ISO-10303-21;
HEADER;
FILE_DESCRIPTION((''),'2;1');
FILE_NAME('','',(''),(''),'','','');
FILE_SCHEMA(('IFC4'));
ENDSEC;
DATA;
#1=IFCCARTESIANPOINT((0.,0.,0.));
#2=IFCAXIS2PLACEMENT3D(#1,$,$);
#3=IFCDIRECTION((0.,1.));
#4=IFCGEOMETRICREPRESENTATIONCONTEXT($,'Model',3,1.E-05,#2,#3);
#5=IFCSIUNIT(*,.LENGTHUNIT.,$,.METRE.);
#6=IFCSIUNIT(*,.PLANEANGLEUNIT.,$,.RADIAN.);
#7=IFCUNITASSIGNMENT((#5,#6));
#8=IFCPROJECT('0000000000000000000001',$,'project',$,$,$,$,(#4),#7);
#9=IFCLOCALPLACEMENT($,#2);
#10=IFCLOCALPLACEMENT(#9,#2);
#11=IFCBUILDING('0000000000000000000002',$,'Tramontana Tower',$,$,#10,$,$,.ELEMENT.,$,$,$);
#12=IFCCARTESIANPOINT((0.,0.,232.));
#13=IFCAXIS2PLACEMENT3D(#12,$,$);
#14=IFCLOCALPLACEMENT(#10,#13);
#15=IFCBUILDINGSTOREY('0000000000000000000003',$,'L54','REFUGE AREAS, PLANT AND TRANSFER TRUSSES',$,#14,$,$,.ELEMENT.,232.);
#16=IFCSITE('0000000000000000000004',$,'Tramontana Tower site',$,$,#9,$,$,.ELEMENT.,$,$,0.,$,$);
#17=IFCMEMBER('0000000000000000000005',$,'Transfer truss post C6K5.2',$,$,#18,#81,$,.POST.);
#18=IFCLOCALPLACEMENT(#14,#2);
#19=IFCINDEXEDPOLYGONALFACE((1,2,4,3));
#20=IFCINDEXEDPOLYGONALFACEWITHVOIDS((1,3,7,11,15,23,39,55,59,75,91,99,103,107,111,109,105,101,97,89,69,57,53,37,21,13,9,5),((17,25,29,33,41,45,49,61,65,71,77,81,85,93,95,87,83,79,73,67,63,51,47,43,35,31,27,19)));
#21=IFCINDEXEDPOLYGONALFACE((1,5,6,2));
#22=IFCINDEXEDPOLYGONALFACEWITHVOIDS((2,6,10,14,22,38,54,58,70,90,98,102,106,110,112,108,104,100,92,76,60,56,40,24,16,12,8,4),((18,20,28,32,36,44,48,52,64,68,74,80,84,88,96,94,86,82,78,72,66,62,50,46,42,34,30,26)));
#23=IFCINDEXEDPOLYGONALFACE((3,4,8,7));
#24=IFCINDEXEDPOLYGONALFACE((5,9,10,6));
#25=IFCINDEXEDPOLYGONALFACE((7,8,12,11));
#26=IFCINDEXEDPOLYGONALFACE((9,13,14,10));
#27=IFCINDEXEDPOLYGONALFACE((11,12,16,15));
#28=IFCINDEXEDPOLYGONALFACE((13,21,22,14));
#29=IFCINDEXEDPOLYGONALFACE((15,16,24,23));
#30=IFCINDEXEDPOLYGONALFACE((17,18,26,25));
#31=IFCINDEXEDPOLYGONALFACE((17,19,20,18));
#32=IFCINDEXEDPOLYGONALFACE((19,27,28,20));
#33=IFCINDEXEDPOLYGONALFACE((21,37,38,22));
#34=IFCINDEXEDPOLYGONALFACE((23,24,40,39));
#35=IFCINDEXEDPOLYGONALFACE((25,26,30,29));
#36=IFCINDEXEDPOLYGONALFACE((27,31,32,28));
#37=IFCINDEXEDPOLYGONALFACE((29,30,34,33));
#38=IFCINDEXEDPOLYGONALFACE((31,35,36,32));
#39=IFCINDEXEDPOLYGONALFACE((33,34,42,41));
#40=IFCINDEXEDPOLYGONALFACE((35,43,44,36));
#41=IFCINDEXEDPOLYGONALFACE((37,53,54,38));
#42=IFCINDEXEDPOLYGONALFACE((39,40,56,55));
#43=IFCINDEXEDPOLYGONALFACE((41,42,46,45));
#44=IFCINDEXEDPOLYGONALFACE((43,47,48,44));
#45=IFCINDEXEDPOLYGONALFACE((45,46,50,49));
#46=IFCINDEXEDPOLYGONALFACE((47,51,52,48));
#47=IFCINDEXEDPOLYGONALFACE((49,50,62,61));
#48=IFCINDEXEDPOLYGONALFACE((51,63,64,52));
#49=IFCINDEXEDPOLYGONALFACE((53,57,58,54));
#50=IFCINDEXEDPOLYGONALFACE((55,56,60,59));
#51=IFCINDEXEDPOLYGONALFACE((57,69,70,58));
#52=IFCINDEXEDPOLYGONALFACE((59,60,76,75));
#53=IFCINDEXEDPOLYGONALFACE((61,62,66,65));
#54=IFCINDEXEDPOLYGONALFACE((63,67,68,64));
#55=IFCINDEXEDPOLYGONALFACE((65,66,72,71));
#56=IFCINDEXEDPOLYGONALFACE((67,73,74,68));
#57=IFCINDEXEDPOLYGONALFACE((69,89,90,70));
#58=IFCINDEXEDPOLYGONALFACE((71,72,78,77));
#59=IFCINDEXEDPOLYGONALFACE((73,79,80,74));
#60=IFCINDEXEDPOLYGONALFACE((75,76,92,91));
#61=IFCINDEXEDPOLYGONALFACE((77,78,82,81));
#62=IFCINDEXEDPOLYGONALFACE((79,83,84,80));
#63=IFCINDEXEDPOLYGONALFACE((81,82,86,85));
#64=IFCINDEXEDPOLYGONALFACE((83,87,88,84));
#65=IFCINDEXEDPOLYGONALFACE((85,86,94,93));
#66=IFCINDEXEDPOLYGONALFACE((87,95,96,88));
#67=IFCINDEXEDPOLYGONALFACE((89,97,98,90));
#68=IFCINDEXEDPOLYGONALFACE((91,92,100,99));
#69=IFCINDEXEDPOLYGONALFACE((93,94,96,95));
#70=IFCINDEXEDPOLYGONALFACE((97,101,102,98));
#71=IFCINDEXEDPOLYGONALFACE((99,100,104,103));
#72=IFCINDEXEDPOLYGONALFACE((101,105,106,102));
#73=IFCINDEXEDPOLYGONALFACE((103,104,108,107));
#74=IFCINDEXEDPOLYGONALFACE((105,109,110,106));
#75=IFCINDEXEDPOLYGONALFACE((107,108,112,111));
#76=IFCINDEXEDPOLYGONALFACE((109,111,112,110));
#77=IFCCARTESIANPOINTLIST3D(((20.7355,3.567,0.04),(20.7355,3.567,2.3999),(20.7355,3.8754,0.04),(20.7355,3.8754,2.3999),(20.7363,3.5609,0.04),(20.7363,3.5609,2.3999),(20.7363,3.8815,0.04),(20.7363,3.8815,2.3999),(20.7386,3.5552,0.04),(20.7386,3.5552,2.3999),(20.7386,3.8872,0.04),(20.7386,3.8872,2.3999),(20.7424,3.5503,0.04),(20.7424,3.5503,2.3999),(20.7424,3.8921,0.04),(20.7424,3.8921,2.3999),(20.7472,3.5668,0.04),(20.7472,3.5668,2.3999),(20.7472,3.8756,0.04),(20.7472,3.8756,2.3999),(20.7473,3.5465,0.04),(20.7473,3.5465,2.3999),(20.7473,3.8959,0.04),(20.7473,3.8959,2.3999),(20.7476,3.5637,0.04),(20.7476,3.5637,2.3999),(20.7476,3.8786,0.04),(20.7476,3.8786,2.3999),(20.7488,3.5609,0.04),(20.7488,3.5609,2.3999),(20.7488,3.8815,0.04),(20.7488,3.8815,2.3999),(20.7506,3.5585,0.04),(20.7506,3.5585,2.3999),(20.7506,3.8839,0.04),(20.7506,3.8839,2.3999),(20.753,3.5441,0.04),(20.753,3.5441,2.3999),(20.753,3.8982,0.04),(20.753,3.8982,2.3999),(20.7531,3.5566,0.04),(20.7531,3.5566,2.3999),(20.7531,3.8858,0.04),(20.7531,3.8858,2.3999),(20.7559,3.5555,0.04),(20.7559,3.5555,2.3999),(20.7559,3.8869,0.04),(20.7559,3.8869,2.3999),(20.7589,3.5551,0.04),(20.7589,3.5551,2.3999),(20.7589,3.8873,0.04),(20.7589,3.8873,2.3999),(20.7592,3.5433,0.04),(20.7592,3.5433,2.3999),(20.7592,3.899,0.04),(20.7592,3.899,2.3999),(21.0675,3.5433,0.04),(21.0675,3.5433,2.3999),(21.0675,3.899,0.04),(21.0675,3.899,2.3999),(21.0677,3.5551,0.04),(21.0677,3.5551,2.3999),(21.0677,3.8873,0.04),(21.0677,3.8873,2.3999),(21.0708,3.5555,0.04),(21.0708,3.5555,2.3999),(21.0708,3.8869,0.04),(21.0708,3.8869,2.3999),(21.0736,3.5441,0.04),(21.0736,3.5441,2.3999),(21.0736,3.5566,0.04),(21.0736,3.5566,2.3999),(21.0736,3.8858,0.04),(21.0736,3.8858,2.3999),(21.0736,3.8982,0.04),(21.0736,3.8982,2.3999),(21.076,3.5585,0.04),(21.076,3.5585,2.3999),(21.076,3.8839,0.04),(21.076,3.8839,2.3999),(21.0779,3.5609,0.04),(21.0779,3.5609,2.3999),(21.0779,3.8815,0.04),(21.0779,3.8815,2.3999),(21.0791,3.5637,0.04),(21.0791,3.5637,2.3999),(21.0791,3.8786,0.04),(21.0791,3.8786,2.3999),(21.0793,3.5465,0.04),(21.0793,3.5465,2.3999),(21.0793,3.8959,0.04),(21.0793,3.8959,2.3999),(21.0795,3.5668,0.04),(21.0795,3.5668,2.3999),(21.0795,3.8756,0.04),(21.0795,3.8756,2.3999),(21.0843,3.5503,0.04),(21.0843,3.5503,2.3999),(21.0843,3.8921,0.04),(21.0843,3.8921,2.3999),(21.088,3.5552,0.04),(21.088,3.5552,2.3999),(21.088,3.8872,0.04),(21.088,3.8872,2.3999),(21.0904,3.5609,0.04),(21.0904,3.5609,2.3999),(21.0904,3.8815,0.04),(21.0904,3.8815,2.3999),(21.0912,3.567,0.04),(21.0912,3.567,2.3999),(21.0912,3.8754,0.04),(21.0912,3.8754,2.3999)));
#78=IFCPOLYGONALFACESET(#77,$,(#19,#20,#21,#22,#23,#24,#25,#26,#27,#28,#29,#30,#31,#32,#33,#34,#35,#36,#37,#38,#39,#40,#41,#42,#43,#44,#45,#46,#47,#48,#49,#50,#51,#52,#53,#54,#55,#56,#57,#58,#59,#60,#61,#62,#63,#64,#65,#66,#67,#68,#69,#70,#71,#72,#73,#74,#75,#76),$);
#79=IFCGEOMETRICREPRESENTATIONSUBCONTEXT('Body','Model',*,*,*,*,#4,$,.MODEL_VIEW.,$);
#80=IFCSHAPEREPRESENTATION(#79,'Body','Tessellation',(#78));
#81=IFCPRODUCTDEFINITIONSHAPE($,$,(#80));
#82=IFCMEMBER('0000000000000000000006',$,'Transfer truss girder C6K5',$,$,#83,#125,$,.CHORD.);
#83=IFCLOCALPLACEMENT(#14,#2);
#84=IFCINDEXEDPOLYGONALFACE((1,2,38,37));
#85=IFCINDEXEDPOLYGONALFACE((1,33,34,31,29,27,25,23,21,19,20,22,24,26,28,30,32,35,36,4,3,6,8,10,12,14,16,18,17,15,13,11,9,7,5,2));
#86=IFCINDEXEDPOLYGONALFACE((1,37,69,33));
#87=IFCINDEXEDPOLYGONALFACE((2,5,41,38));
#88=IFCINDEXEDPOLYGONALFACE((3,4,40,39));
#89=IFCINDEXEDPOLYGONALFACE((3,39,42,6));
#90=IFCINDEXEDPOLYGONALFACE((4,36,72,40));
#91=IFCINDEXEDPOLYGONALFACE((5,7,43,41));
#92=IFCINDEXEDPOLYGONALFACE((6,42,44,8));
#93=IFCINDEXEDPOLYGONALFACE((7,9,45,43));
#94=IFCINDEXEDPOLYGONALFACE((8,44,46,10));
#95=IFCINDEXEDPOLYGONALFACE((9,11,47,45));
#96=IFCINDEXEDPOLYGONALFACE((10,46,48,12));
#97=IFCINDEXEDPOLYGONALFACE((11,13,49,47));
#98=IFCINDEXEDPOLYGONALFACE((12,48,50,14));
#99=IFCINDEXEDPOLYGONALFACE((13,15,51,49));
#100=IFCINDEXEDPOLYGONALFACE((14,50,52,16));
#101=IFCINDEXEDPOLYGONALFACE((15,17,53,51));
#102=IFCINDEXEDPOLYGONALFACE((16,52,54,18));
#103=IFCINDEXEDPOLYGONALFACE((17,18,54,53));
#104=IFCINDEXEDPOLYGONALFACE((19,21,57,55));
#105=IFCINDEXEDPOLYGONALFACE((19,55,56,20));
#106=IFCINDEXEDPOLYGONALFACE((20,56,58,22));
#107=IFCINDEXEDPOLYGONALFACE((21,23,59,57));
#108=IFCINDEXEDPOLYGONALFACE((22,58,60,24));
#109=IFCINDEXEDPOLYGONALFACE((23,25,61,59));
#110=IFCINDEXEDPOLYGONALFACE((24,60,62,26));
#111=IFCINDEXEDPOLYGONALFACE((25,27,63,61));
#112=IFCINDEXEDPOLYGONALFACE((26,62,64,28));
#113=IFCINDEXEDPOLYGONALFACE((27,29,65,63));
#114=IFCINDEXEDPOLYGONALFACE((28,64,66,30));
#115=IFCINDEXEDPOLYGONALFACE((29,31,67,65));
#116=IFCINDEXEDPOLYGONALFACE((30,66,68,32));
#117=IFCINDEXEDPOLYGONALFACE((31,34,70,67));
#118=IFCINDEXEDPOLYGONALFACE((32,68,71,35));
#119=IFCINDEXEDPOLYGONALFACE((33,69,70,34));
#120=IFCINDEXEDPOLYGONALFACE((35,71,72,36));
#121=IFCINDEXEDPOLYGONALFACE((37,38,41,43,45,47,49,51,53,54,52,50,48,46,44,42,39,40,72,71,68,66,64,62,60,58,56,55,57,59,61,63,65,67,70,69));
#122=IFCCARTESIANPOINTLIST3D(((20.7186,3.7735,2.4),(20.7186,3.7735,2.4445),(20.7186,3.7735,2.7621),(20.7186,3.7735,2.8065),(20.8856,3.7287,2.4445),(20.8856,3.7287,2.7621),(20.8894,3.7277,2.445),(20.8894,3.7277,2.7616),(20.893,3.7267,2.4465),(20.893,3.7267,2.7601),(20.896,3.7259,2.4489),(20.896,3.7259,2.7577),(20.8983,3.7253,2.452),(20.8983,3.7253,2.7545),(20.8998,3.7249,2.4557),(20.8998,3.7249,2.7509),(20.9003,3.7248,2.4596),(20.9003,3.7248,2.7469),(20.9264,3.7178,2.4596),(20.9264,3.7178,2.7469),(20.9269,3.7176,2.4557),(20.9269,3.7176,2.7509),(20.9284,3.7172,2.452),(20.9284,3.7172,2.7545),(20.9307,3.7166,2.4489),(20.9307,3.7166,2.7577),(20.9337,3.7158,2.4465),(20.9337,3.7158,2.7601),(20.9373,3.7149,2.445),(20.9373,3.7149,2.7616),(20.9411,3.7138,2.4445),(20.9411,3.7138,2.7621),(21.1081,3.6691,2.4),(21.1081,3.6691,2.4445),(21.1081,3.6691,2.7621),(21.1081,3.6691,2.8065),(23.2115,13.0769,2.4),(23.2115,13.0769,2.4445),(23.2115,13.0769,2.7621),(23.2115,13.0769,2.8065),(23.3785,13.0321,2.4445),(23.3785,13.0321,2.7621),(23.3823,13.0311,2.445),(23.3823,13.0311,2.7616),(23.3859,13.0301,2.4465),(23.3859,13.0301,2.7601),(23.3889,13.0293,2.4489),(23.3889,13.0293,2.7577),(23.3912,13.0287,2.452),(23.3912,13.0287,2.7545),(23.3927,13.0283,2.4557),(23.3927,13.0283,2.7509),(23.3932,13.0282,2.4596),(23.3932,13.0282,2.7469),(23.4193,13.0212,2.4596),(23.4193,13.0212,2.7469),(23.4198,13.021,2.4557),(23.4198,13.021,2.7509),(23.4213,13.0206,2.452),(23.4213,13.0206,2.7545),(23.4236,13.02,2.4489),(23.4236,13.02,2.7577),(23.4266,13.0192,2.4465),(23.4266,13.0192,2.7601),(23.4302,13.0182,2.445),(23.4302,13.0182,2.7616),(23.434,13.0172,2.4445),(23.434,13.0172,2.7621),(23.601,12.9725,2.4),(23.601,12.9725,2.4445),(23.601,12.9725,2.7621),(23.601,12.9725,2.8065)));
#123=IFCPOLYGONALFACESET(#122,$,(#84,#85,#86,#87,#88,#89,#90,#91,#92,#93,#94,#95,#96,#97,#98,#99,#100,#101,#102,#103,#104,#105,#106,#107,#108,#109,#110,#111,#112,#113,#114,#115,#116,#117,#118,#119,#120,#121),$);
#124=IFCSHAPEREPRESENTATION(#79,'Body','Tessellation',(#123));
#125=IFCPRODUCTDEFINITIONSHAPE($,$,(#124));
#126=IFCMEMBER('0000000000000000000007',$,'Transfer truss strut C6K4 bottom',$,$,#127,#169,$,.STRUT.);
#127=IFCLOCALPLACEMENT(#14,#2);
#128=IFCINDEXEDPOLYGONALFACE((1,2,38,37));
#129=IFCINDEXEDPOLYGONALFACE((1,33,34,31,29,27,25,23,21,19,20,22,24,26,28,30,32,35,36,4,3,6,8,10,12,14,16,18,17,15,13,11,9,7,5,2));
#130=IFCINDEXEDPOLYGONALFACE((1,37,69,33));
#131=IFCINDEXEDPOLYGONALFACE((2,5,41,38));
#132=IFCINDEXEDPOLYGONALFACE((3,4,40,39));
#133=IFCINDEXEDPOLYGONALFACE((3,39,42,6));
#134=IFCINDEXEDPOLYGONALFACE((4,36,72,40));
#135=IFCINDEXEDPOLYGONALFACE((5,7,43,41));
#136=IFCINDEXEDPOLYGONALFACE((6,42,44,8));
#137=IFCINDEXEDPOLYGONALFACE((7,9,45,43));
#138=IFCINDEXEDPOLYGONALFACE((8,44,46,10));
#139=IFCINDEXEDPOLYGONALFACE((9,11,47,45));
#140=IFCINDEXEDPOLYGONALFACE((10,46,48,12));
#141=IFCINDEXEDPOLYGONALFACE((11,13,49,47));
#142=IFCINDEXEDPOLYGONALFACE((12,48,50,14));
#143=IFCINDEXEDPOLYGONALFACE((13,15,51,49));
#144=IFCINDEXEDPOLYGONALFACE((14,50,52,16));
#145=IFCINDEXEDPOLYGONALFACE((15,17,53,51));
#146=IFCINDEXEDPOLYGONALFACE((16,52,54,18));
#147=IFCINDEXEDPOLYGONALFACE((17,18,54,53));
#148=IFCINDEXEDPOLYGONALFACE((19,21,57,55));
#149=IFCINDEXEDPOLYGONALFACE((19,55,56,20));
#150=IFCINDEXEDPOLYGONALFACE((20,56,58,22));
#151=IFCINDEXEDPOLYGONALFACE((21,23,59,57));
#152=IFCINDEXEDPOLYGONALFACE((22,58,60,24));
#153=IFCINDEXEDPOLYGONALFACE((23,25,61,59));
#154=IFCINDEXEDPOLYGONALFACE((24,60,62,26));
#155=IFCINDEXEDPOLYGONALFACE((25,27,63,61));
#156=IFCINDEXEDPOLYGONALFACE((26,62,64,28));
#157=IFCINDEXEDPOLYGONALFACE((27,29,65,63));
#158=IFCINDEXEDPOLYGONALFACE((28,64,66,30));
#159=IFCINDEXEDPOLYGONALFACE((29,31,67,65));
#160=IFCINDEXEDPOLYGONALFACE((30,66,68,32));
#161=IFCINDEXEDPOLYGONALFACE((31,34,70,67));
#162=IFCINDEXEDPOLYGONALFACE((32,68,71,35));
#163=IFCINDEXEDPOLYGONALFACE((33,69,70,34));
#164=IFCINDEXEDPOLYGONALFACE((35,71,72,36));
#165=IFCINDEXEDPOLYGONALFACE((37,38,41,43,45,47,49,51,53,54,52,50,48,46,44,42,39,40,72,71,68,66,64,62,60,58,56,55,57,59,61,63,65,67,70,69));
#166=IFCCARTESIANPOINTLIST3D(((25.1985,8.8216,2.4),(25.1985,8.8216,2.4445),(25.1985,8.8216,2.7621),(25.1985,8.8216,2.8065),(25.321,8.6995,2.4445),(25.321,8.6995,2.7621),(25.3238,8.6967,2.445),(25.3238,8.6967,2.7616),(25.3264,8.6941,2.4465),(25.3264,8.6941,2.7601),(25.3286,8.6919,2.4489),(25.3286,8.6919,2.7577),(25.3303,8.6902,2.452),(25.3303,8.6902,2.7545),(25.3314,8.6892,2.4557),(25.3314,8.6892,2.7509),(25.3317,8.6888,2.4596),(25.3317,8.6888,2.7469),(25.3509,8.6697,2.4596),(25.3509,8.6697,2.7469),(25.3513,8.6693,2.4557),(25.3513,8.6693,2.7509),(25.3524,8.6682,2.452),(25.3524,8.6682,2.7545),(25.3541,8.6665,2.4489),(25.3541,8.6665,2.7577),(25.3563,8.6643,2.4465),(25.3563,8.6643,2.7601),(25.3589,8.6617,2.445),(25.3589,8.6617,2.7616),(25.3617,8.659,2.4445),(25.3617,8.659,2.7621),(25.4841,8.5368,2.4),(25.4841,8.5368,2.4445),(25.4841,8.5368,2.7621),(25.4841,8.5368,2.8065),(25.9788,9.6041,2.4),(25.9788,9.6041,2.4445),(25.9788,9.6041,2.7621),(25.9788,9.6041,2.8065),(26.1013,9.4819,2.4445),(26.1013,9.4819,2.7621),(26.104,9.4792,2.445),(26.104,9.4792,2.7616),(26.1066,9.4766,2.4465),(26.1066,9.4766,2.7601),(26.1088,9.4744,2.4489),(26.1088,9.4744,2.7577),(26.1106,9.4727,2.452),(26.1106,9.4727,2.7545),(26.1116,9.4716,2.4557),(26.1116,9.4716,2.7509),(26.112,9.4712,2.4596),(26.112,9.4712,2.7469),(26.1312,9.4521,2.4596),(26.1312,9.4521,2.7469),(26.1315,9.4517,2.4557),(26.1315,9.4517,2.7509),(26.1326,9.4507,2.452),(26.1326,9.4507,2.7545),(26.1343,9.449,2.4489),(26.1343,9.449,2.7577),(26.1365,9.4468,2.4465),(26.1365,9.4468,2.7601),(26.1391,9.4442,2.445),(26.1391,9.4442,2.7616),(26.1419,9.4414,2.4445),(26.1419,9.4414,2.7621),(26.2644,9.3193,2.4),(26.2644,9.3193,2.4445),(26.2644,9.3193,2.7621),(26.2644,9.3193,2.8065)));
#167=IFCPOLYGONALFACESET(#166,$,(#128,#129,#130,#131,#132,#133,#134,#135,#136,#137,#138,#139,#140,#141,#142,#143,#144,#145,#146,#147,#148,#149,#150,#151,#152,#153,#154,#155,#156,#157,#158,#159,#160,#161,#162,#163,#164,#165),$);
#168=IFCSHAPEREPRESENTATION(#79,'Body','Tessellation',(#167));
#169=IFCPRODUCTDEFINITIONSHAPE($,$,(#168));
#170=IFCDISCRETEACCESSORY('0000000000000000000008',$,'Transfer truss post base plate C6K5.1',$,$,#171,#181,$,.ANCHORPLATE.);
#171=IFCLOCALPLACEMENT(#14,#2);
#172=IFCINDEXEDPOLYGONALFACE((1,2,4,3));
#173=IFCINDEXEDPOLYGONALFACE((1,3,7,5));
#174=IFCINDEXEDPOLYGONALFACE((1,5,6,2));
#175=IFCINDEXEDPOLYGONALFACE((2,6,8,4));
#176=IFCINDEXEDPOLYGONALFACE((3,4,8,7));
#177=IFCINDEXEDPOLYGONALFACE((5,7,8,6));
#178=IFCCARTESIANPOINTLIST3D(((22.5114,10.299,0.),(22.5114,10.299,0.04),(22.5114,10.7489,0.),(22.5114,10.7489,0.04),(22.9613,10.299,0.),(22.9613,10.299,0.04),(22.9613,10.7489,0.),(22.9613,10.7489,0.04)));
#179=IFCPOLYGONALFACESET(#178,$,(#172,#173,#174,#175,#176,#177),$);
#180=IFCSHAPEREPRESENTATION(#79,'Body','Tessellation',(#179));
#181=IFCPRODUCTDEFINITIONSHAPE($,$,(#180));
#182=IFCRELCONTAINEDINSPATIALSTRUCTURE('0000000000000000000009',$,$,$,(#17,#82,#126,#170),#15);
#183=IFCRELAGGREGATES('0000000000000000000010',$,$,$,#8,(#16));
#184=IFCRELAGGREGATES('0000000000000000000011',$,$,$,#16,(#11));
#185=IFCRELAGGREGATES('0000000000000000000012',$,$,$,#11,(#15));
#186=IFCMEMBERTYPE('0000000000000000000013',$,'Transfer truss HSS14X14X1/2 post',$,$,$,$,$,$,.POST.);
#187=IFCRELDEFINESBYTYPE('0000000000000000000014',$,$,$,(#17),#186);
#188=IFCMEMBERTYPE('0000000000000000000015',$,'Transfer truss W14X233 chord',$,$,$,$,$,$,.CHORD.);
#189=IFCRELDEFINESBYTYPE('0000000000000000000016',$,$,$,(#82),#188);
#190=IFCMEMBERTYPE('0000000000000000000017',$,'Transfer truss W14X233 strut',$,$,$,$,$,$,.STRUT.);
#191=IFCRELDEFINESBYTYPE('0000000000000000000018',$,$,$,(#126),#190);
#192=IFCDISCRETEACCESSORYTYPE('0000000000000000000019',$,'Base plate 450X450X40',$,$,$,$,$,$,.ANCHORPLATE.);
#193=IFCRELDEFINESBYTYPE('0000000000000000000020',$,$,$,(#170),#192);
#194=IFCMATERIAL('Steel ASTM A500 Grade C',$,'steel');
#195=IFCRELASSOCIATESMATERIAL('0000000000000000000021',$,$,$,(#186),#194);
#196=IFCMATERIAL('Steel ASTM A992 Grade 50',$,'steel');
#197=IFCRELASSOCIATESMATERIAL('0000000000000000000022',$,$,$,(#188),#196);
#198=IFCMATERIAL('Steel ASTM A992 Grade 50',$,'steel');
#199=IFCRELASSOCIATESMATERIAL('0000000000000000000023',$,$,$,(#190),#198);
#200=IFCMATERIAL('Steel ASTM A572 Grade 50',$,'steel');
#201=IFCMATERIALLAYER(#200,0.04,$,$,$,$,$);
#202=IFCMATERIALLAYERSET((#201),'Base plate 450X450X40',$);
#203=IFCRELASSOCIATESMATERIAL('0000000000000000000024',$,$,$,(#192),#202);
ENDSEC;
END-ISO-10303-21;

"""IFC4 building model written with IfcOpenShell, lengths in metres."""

from ifc_helpers import new_model, si_unit, direction, frame, origin, origin_2d, place, context, subcontext, project, spatial, rectangle, hollow_rectangle, i_section, extrude, material, layer, layer_set, material_profile, profile_set, type_object, element, save


model = new_model("IFC4")

# Units and contexts
model_context = context("Model", 3, precision=1e-05, world=origin(), true_north=direction((0.0, 1.0)))
body_context = subcontext(model_context, "Body", "Model", "MODEL_VIEW")
ifc_project = project(units=[si_unit("LENGTHUNIT", "METRE"), si_unit("PLANEANGLEUNIT", "RADIAN")], contexts=[model_context])

# Site, building, storey
site_placement = place(None, origin())
site = spatial("IfcSite", under=ifc_project, at=site_placement, Name="Tramontana Tower site", CompositionType="ELEMENT", RefElevation=0.0)
building_placement = place(site_placement, origin())
building = spatial("IfcBuilding", under=site, at=building_placement, Name="Tramontana Tower", CompositionType="ELEMENT")
storey_placement = place(building_placement, frame((0.0, 0.0, 232.0)))
storey = spatial("IfcBuildingStorey", under=building, at=storey_placement, Name="L54", Description="REFUGE AREAS, PLANT AND TRANSFER TRUSSES", CompositionType="ELEMENT", Elevation=232.0)

# Members
ifc_material_1 = material(Name="Steel ASTM A500 Grade C", Category="steel")
ifc_material_profile_1 = material_profile(ifc_material_1, hollow_rectangle(XDim=0.3557, YDim=0.3557, WallThickness=0.0117, InnerFilletRadius=0.0117, OuterFilletRadius=0.0237, at=origin_2d()), Name="HSS14X14X1/2")
ifc_profile_set_1 = profile_set([ifc_material_profile_1], Name="Steel ASTM A500 Grade C")
member_type_1 = type_object("IfcMemberType", Name="Transfer truss HSS14X14X1/2 post", PredefinedType="POST", material=ifc_profile_set_1)
for number, where, z_axis, x_axis, name in (
    (1, (20.9133, 3.7212, 0.04), (0.0, 0.0, 1.0), (1.0, 0.0, 0.0), "Transfer truss post C6K5.2"),
):
    element("IfcMember", number, at=place(storey_placement, frame(where, z_axis=z_axis, x_axis=x_axis)), inside=storey, type_object=member_type_1, Name=name, PredefinedType="POST", context=body_context, shape_type="SweptSolid", body=[
        extrude(hollow_rectangle(XDim=0.3557, YDim=0.3557, WallThickness=0.0117, InnerFilletRadius=0.0117, OuterFilletRadius=0.0237, at=origin_2d()), origin(), (0.0, 0.0, 1.0), 2.3599),
    ])
ifc_material_2 = material(Name="Steel ASTM A992 Grade 50", Category="steel")
ifc_material_profile_2 = material_profile(ifc_material_2, i_section(OverallWidth=0.4033, OverallDepth=0.4065, WebThickness=0.0271, FlangeThickness=0.0444, FilletRadius=0.0151, at=origin_2d()), Name="W14X233")
ifc_profile_set_2 = profile_set([ifc_material_profile_2], Name="Steel ASTM A992 Grade 50")
member_type_2 = type_object("IfcMemberType", Name="Transfer truss W14X233 chord", PredefinedType="CHORD", material=ifc_profile_set_2)
member_1_placement = place(storey_placement, frame((23.4062, 13.0247, 2.6033), z_axis=(-0.258825, -0.965924, 0.0), x_axis=(0.965924, -0.258825, 0.0)))
element("IfcMember", 2, at=member_1_placement, inside=storey, type_object=member_type_2, Name="Transfer truss girder C6K5", PredefinedType="CHORD", context=body_context, shape_type="SweptSolid", body=[
    extrude(i_section(OverallWidth=0.4033, OverallDepth=0.4065, WebThickness=0.0271, FlangeThickness=0.0444, FilletRadius=0.0151, at=origin_2d()), origin(), (0.0, 0.0, 1.0), 9.6316),
])
ifc_material_3 = material(Name="Steel ASTM A992 Grade 50", Category="steel")
ifc_material_profile_3 = material_profile(ifc_material_3, i_section(OverallWidth=0.4033, OverallDepth=0.4065, WebThickness=0.0271, FlangeThickness=0.0444, FilletRadius=0.0151, at=origin_2d()), Name="W14X233")
ifc_profile_set_3 = profile_set([ifc_material_profile_3], Name="Steel ASTM A992 Grade 50")
member_type_3 = type_object("IfcMemberType", Name="Transfer truss W14X233 strut", PredefinedType="STRUT", material=ifc_profile_set_3)
member_2_placement = place(storey_placement, frame((26.1216, 9.4617, 2.6033), z_axis=(-0.706112, -0.7081, 0.0), x_axis=(0.7081, -0.706112, 0.0)))
element("IfcMember", 3, at=member_2_placement, inside=storey, type_object=member_type_3, Name="Transfer truss strut C6K4 bottom", PredefinedType="STRUT", context=body_context, shape_type="SweptSolid", body=[
    extrude(i_section(OverallWidth=0.4033, OverallDepth=0.4065, WebThickness=0.0271, FlangeThickness=0.0444, FilletRadius=0.0151, at=origin_2d()), origin(), (0.0, 0.0, 1.0), 1.105),
])

# Discrete accessory
ifc_material_4 = material(Name="Steel ASTM A572 Grade 50", Category="steel")
ifc_layer_1 = layer(ifc_material_4, 0.04)
ifc_layer_set_1 = layer_set([ifc_layer_1], Name="Base plate 450X450X40")
discrete_accessory_type_1 = type_object("IfcDiscreteAccessoryType", Name="Base plate 450X450X40", PredefinedType="ANCHORPLATE", material=ifc_layer_set_1)
for number, where, z_axis, x_axis, name in (
    (4, (22.7363, 10.5239, 0.0), (0.0, 0.0, 1.0), (1.0, 0.0, 0.0), "Transfer truss post base plate C6K5.1"),
):
    element("IfcDiscreteAccessory", number, at=place(storey_placement, frame(where, z_axis=z_axis, x_axis=x_axis)), inside=storey, type_object=discrete_accessory_type_1, Name=name, PredefinedType="ANCHORPLATE", context=body_context, shape_type="SweptSolid", body=[
        extrude(rectangle(XDim=0.45, YDim=0.45, at=origin_2d()), origin(), (0.0, 0.0, 1.0), 0.04),
    ])

save(model, "model.ifc")
